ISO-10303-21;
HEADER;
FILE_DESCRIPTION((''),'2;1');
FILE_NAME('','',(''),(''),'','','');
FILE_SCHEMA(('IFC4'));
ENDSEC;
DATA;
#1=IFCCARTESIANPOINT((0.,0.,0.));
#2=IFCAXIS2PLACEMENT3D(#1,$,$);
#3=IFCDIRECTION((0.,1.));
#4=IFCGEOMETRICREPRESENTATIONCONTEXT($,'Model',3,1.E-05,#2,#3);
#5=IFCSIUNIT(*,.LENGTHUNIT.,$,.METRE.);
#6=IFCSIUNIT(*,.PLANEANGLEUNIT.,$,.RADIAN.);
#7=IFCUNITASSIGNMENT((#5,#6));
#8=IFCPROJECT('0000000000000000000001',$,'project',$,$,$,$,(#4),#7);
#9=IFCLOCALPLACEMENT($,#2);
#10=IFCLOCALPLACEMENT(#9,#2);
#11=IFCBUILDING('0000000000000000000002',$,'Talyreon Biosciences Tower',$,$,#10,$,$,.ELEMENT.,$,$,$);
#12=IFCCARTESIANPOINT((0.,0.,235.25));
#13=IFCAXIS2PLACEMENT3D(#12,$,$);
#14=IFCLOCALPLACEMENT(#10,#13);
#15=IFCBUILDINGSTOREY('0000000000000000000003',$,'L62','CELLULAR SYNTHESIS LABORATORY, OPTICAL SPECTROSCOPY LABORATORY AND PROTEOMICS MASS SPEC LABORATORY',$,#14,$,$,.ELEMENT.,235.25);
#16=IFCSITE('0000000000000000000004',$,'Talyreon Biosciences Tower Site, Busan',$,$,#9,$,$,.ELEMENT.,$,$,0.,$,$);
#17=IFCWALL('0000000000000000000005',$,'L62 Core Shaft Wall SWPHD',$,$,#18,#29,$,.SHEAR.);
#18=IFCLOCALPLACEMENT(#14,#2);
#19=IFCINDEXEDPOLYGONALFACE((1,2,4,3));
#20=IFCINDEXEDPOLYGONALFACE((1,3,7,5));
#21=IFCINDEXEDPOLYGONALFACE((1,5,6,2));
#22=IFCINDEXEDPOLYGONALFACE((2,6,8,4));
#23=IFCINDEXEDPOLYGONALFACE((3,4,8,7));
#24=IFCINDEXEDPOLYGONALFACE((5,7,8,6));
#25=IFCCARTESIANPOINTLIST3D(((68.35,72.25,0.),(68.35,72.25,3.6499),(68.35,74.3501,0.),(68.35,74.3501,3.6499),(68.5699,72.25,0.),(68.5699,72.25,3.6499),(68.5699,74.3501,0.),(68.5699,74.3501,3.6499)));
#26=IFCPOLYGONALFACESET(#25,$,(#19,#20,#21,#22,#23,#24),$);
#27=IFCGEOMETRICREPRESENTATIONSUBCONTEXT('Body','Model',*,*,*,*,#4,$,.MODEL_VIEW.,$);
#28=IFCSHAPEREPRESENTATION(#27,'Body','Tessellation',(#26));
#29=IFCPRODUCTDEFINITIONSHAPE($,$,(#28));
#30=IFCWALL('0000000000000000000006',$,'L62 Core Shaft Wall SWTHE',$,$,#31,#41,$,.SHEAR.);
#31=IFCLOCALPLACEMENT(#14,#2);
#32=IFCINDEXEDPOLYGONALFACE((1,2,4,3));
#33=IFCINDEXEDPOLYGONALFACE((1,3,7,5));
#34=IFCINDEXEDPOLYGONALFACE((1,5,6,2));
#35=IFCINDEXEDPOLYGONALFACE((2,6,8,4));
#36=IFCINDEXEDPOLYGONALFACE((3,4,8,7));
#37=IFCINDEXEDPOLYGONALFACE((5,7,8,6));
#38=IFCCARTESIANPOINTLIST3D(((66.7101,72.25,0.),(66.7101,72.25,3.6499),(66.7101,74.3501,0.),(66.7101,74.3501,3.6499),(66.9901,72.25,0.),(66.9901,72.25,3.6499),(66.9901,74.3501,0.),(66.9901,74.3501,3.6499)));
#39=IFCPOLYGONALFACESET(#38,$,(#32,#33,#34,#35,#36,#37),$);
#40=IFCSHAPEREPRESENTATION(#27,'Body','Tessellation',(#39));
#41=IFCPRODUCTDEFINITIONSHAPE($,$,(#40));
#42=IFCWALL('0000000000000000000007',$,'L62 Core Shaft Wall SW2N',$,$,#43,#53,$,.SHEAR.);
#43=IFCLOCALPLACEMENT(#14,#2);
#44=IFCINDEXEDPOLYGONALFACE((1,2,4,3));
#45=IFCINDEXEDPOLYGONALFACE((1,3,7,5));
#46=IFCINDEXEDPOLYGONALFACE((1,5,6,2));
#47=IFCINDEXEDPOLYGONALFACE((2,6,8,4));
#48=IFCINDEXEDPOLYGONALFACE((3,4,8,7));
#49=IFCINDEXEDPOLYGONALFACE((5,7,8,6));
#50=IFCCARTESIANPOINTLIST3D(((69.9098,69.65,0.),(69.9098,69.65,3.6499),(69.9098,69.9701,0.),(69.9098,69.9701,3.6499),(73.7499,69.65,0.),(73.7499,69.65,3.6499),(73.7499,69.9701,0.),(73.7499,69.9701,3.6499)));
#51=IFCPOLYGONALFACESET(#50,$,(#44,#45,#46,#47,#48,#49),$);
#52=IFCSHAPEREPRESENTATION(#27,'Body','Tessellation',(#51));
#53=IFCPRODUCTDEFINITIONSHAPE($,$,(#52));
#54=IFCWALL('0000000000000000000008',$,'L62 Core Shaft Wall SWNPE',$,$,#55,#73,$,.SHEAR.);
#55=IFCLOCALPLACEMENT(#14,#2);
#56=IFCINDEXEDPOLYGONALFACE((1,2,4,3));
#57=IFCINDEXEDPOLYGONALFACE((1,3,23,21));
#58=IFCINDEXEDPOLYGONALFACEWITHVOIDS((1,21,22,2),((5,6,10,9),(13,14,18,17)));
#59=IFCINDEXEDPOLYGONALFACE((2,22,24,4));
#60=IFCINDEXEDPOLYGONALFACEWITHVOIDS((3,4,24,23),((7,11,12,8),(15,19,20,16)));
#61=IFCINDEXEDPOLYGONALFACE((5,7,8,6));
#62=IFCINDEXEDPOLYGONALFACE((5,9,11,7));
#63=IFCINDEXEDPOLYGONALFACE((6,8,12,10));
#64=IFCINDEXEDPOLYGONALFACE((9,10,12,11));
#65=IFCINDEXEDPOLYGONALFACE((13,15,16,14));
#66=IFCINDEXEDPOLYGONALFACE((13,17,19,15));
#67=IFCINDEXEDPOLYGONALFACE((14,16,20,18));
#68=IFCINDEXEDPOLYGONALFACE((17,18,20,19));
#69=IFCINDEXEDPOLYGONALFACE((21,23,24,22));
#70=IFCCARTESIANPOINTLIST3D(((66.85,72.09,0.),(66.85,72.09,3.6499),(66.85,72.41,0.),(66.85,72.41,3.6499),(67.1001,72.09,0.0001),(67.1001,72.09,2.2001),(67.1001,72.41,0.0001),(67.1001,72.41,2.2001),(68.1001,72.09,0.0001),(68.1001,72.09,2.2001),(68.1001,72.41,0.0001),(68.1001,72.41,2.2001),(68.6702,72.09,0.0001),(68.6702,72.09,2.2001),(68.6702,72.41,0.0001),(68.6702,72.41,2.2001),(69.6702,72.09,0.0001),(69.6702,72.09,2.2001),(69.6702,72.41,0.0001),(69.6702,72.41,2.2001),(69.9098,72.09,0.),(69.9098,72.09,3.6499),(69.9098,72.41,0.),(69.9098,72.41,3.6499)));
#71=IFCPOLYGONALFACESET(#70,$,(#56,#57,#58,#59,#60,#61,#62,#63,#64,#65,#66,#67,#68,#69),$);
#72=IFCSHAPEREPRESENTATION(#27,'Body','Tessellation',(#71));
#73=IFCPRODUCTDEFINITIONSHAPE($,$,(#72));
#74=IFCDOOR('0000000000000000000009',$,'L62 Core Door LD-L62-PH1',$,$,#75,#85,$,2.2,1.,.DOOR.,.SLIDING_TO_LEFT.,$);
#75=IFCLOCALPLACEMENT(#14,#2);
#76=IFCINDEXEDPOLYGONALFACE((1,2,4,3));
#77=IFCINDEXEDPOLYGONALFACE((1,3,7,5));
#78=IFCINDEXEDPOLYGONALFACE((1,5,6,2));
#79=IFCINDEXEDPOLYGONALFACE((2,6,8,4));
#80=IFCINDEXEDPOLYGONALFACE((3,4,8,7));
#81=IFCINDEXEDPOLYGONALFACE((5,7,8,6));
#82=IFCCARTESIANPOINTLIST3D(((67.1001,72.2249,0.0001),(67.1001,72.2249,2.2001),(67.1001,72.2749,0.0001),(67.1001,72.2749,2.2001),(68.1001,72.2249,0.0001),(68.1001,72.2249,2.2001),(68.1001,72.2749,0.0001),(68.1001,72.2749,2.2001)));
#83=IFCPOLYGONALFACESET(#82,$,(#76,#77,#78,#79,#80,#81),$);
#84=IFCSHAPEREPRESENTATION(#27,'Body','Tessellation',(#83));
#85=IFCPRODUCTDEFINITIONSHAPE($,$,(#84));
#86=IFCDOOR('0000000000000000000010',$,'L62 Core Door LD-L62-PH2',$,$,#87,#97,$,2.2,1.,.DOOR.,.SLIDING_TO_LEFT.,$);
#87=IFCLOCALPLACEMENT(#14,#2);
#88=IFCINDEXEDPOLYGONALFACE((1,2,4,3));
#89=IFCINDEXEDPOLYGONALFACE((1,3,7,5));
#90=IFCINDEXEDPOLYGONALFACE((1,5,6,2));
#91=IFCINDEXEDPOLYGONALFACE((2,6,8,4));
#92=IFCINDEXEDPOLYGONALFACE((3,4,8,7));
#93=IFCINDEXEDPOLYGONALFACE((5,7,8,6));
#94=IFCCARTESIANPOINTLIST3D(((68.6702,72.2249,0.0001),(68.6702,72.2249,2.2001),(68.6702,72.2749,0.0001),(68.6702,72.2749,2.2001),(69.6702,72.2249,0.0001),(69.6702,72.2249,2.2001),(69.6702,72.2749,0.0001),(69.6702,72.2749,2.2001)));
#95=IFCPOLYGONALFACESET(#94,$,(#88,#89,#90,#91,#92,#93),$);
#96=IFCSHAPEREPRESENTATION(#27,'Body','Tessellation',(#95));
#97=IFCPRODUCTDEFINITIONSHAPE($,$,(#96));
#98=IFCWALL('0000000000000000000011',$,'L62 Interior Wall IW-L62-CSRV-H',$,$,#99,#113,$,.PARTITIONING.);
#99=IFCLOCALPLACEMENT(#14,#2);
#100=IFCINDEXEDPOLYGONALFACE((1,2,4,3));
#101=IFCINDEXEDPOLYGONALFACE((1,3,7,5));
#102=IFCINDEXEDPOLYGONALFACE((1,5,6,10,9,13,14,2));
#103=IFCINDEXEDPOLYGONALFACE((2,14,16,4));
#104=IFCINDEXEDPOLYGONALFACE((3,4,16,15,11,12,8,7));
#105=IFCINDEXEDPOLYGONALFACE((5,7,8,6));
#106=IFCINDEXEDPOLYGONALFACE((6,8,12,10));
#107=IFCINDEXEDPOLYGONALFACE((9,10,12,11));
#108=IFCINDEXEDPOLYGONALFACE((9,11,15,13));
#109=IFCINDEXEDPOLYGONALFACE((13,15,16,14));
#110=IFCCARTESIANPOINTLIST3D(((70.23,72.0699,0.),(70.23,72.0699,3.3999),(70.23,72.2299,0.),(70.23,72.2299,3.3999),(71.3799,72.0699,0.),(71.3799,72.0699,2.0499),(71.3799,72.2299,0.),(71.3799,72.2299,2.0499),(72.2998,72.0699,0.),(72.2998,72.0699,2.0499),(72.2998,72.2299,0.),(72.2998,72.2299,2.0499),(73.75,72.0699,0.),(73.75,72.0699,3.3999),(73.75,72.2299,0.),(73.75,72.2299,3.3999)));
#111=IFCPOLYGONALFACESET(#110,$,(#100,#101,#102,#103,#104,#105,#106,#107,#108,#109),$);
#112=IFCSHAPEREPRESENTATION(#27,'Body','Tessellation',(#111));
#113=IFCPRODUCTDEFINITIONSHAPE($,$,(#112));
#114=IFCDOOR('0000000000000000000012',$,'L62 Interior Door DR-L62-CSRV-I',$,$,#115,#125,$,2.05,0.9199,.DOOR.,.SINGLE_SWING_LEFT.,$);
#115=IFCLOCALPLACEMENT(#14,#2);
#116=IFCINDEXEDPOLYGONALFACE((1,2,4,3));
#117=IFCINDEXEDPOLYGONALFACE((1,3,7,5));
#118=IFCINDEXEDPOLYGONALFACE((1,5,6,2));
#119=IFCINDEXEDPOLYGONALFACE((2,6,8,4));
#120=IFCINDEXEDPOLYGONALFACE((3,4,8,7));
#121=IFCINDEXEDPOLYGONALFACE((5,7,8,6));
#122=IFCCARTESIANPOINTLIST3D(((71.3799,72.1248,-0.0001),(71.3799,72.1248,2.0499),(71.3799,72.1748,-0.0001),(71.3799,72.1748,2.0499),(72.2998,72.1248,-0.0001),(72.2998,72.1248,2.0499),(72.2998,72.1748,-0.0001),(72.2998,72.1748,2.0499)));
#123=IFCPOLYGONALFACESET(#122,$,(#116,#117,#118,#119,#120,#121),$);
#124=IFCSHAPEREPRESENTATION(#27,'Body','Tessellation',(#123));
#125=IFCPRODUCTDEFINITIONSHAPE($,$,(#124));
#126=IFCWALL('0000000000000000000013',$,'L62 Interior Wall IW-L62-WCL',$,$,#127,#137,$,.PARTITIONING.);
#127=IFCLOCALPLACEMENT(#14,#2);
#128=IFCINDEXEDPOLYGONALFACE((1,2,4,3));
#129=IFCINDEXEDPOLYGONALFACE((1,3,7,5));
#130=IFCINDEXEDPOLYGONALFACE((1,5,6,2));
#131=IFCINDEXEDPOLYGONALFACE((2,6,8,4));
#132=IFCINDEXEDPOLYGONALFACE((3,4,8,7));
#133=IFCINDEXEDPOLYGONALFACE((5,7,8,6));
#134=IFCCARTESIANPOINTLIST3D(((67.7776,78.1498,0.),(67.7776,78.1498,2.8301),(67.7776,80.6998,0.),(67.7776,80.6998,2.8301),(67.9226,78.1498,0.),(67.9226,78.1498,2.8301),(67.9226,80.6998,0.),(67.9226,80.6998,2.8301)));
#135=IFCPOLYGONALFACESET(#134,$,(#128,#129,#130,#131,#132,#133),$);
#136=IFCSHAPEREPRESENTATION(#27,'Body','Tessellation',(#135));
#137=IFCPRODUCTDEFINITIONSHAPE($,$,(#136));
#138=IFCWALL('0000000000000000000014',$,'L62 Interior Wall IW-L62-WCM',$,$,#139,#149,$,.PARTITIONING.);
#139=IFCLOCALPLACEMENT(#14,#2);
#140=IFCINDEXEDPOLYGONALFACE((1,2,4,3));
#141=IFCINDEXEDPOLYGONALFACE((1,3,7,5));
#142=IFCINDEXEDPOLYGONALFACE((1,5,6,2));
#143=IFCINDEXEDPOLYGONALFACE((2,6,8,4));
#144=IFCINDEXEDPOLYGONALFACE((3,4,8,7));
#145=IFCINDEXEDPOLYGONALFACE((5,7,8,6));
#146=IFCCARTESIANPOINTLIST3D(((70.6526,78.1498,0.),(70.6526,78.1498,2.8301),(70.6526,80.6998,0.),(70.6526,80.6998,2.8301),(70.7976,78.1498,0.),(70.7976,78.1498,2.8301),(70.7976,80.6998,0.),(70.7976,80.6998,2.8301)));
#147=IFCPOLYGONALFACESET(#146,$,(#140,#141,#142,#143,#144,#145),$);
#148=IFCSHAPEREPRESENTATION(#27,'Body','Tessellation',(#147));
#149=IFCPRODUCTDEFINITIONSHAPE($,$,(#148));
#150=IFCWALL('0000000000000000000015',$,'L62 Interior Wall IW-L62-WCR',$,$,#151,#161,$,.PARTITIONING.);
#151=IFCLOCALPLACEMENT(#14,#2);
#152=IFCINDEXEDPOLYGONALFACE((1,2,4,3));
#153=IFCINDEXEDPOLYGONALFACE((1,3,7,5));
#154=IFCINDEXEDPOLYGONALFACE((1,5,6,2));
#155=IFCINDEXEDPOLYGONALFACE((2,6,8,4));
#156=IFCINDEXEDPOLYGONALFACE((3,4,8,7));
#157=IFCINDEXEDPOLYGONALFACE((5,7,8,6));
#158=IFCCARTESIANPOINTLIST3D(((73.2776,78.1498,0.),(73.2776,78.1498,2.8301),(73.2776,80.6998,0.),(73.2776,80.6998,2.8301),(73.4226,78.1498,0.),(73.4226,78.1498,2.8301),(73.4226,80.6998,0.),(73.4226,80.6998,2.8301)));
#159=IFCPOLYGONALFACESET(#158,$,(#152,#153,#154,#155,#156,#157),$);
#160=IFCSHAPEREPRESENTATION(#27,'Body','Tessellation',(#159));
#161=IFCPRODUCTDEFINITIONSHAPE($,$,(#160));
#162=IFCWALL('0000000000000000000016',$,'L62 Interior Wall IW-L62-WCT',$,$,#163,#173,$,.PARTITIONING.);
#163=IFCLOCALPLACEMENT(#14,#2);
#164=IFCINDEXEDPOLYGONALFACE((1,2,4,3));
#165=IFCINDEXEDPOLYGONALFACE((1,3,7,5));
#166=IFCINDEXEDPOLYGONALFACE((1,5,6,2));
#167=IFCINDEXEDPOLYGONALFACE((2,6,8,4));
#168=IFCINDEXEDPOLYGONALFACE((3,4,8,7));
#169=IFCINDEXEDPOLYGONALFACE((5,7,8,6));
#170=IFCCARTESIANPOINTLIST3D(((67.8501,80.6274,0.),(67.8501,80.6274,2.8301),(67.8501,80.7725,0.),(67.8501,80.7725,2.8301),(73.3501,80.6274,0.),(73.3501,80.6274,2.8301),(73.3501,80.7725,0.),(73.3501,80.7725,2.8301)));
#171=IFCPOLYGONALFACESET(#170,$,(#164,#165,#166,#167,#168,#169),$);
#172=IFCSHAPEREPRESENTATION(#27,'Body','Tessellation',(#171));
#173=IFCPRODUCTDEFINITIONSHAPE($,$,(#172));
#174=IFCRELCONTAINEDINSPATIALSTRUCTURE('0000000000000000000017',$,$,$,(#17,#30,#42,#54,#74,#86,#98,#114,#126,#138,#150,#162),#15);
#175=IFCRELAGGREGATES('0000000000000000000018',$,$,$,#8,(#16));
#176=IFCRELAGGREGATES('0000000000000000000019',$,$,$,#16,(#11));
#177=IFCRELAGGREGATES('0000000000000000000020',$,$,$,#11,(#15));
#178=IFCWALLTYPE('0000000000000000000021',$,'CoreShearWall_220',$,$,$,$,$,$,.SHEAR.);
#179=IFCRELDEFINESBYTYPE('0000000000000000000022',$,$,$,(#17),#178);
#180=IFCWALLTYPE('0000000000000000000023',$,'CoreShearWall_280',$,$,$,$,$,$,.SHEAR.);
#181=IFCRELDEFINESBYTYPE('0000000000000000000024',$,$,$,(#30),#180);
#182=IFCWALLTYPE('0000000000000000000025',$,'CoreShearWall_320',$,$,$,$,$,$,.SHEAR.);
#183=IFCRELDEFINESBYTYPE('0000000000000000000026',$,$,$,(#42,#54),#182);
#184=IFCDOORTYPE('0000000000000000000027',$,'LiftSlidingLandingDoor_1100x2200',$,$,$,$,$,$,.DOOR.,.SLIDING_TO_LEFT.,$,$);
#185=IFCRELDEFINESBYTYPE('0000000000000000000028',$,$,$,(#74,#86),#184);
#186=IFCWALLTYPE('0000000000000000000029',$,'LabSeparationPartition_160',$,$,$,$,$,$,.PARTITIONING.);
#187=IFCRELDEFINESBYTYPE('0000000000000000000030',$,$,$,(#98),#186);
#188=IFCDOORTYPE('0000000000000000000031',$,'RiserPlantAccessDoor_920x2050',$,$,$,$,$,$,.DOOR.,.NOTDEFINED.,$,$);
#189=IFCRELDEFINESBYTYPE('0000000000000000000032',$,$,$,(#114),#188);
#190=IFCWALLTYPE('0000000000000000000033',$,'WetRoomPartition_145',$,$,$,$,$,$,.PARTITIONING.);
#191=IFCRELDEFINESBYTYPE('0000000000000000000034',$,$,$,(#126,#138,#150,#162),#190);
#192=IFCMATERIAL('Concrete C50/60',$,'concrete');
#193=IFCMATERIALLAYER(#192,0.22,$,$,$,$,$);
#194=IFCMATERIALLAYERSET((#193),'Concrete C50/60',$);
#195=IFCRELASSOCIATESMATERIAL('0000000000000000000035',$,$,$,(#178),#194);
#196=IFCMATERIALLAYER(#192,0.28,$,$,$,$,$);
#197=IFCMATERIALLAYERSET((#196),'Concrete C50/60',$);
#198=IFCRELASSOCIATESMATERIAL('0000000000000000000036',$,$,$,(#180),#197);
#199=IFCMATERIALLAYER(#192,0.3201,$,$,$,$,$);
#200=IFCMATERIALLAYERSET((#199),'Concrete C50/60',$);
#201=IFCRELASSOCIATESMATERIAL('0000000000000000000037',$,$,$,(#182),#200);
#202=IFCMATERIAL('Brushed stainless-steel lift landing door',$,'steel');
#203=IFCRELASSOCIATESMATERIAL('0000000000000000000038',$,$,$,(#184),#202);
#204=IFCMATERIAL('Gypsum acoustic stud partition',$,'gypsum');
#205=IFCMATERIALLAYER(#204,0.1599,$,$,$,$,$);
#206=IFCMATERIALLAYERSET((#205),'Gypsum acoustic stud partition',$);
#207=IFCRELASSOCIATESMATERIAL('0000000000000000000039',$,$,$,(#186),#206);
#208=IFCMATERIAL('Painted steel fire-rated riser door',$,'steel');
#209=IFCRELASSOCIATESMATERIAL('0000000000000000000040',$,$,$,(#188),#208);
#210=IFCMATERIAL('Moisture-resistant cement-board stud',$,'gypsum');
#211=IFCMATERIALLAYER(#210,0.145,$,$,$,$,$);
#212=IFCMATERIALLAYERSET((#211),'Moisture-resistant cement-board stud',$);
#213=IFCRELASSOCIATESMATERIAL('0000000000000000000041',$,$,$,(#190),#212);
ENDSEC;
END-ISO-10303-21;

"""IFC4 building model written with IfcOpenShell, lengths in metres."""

from ifc_helpers import new_model, si_unit, direction, frame, frame_2d, origin, place, context, subcontext, project, spatial, rectangle, extrude, material, layer, layer_set, type_object, element, fill, save


model = new_model("IFC4")

# Units and contexts
model_context = context("Model", 3, precision=1e-05, world=origin(), true_north=direction((0.0, 1.0)))
body_context = subcontext(model_context, "Body", "Model", "MODEL_VIEW")
ifc_project = project(units=[si_unit("LENGTHUNIT", "METRE"), si_unit("PLANEANGLEUNIT", "RADIAN")], contexts=[model_context])

# Site, building, storey
site_placement = place(None, origin())
site = spatial("IfcSite", under=ifc_project, at=site_placement, Name="Talyreon Biosciences Tower Site, Busan", CompositionType="ELEMENT", RefElevation=0.0)
building_placement = place(site_placement, origin())
building = spatial("IfcBuilding", under=site, at=building_placement, Name="Talyreon Biosciences Tower", CompositionType="ELEMENT")
storey_placement = place(building_placement, frame((0.0, 0.0, 235.25)))
storey = spatial("IfcBuildingStorey", under=building, at=storey_placement, Name="L62", Description="CELLULAR SYNTHESIS LABORATORY, OPTICAL SPECTROSCOPY LABORATORY AND PROTEOMICS MASS SPEC LABORATORY", CompositionType="ELEMENT", Elevation=235.25)

# Shared definitions
ifc_material_1 = material(Name="Concrete C50/60", Category="concrete")

# Walls
ifc_layer_1 = layer(ifc_material_1, 0.22)
ifc_layer_set_1 = layer_set([ifc_layer_1], Name="Concrete C50/60")
wall_type_1 = type_object("IfcWallType", Name="CoreShearWall_220", PredefinedType="SHEAR", material=ifc_layer_set_1)
wall_1_placement = place(storey_placement, frame((68.46, 72.25, 0.0), z_axis=(0.0, 0.0, 1.0), x_axis=(0.0, 1.0, 0.0)))
element("IfcWall", 1, at=wall_1_placement, inside=storey, type_object=wall_type_1, Name="L62 Core Shaft Wall SWPHD", PredefinedType="SHEAR", context=body_context, shape_type="SweptSolid", body=[
    extrude(rectangle(XDim=2.1001, YDim=0.22, at=frame_2d((1.05, 0.0))), origin(), (0.0, 0.0, 1.0), 3.6499),
])
ifc_layer_2 = layer(ifc_material_1, 0.28)
ifc_layer_set_2 = layer_set([ifc_layer_2], Name="Concrete C50/60")
wall_type_2 = type_object("IfcWallType", Name="CoreShearWall_280", PredefinedType="SHEAR", material=ifc_layer_set_2)
wall_2_placement = place(storey_placement, frame((66.8501, 72.25, 0.0), z_axis=(0.0, 0.0, 1.0), x_axis=(0.0, 1.0, 0.0)))
element("IfcWall", 2, at=wall_2_placement, inside=storey, type_object=wall_type_2, Name="L62 Core Shaft Wall SWTHE", PredefinedType="SHEAR", context=body_context, shape_type="SweptSolid", body=[
    extrude(rectangle(XDim=2.1001, YDim=0.28, at=frame_2d((1.05, 0.0))), origin(), (0.0, 0.0, 1.0), 3.6499),
])
ifc_layer_3 = layer(ifc_material_1, 0.3201)
ifc_layer_set_3 = layer_set([ifc_layer_3], Name="Concrete C50/60")
wall_type_3 = type_object("IfcWallType", Name="CoreShearWall_320", PredefinedType="SHEAR", material=ifc_layer_set_3)
wall_3_placement = place(storey_placement, frame((69.9099, 69.8101, 0.0), z_axis=(0.0, 0.0, 1.0), x_axis=(1.0, 0.0, 0.0)))
element("IfcWall", 3, at=wall_3_placement, inside=storey, type_object=wall_type_3, Name="L62 Core Shaft Wall SW2N", PredefinedType="SHEAR", context=body_context, shape_type="SweptSolid", body=[
    extrude(rectangle(XDim=3.8401, YDim=0.3201, at=frame_2d((1.9199, 0.0))), origin(), (0.0, 0.0, 1.0), 3.6499),
])

# Wall, openings, doors
wall_4_placement = place(storey_placement, frame((66.8501, 72.25, 0.0), z_axis=(0.0, 0.0, 1.0), x_axis=(1.0, 0.0, 0.0)))
wall_4 = element("IfcWall", 4, at=wall_4_placement, inside=storey, type_object=wall_type_3, Name="L62 Core Shaft Wall SWNPE", PredefinedType="SHEAR", context=body_context, shape_type="SweptSolid", body=[
    extrude(rectangle(XDim=3.0598, YDim=0.3201, at=frame_2d((1.5298, 0.0))), origin(), (0.0, 0.0, 1.0), 3.6499),
])
opening_1_placement = place(wall_4_placement, frame((0.25, 0.0, 0.0)))
opening_1 = element("IfcOpeningElement", 5, at=opening_1_placement, cuts=wall_4, PredefinedType="OPENING", context=body_context, shape_type="SweptSolid", body=[
    extrude(rectangle(XDim=1.0, YDim=2.2, at=frame_2d((0.5, 1.1001))), frame((0.0, 0.1699, 0.0), z_axis=(0.0, -1.0, 0.0), x_axis=(1.0, 0.0, 0.0)), (0.0, 0.0, 1.0), 0.3401),
])
opening_2_placement = place(wall_4_placement, frame((1.8201, 0.0, 0.0)))
opening_2 = element("IfcOpeningElement", 6, at=opening_2_placement, cuts=wall_4, PredefinedType="OPENING", context=body_context, shape_type="SweptSolid", body=[
    extrude(rectangle(XDim=1.0, YDim=2.2, at=frame_2d((0.5, 1.1001))), frame((0.0, 0.1699, 0.0), z_axis=(0.0, -1.0, 0.0), x_axis=(1.0, 0.0, 0.0)), (0.0, 0.0, 1.0), 0.3401),
])
ifc_material_2 = material(Name="Brushed stainless-steel lift landing door", Category="steel")
door_type_1 = type_object("IfcDoorType", Name="LiftSlidingLandingDoor_1100x2200", OperationType="SLIDING_TO_LEFT", PredefinedType="DOOR", material=ifc_material_2)
door_1_placement = place(opening_1_placement, origin())
door_1 = element("IfcDoor", 7, at=door_1_placement, inside=storey, type_object=door_type_1, Name="L62 Core Door LD-L62-PH1", OperationType="SLIDING_TO_LEFT", OverallHeight=2.2, OverallWidth=1.0, PredefinedType="DOOR", context=body_context, shape_type="SweptSolid", body=[
    extrude(rectangle(XDim=1.0, YDim=2.2, at=frame_2d((0.5, 1.1001))), frame((0.0, 0.0249, 0.0), z_axis=(0.0, -1.0, 0.0), x_axis=(1.0, 0.0, 0.0)), (0.0, 0.0, 1.0), 0.05),
])
fill(opening_1, door_1)
door_2_placement = place(opening_2_placement, origin())
door_2 = element("IfcDoor", 8, at=door_2_placement, inside=storey, type_object=door_type_1, Name="L62 Core Door LD-L62-PH2", OperationType="SLIDING_TO_LEFT", OverallHeight=2.2, OverallWidth=1.0, PredefinedType="DOOR", context=body_context, shape_type="SweptSolid", body=[
    extrude(rectangle(XDim=1.0, YDim=2.2, at=frame_2d((0.5, 1.1001))), frame((0.0, 0.0249, 0.0), z_axis=(0.0, -1.0, 0.0), x_axis=(1.0, 0.0, 0.0)), (0.0, 0.0, 1.0), 0.05),
])
fill(opening_2, door_2)

# Wall, opening, door
ifc_material_3 = material(Name="Gypsum acoustic stud partition", Category="gypsum")
ifc_layer_4 = layer(ifc_material_3, 0.1599)
ifc_layer_set_4 = layer_set([ifc_layer_4], Name="Gypsum acoustic stud partition")
wall_type_4 = type_object("IfcWallType", Name="LabSeparationPartition_160", PredefinedType="PARTITIONING", material=ifc_layer_set_4)
wall_5_placement = place(storey_placement, frame((70.23, 72.1499, 0.0), z_axis=(0.0, 0.0, 1.0), x_axis=(1.0, 0.0, 0.0)))
wall_5 = element("IfcWall", 9, at=wall_5_placement, inside=storey, type_object=wall_type_4, Name="L62 Interior Wall IW-L62-CSRV-H", PredefinedType="PARTITIONING", context=body_context, shape_type="SweptSolid", body=[
    extrude(rectangle(XDim=3.52, YDim=0.1599, at=frame_2d((1.76, 0.0))), origin(), (0.0, 0.0, 1.0), 3.3999),
])
opening_3_placement = place(wall_5_placement, frame((1.1499, 0.0, 0.0)))
opening_3 = element("IfcOpeningElement", 10, at=opening_3_placement, cuts=wall_5, PredefinedType="OPENING", context=body_context, shape_type="SweptSolid", body=[
    extrude(rectangle(XDim=0.9199, YDim=2.05, at=frame_2d((0.46, 1.0249))), frame((0.0, 0.0898, 0.0), z_axis=(0.0, -1.0, 0.0), x_axis=(1.0, 0.0, 0.0)), (0.0, 0.0, 1.0), 0.1799),
])
ifc_material_4 = material(Name="Painted steel fire-rated riser door", Category="steel")
door_type_2 = type_object("IfcDoorType", Name="RiserPlantAccessDoor_920x2050", OperationType="NOTDEFINED", PredefinedType="DOOR", material=ifc_material_4)
door_3_placement = place(opening_3_placement, origin())
door_3 = element("IfcDoor", 11, at=door_3_placement, inside=storey, type_object=door_type_2, Name="L62 Interior Door DR-L62-CSRV-I", OperationType="SINGLE_SWING_LEFT", OverallHeight=2.05, OverallWidth=0.9199, PredefinedType="DOOR", context=body_context, shape_type="SweptSolid", body=[
    extrude(rectangle(XDim=0.9199, YDim=2.05, at=frame_2d((0.46, 1.0249))), frame((0.0, 0.0249, 0.0), z_axis=(0.0, -1.0, 0.0), x_axis=(1.0, 0.0, 0.0)), (0.0, 0.0, 1.0), 0.05),
])
fill(opening_3, door_3)

# Walls
ifc_material_5 = material(Name="Moisture-resistant cement-board stud", Category="gypsum")
ifc_layer_5 = layer(ifc_material_5, 0.145)
ifc_layer_set_5 = layer_set([ifc_layer_5], Name="Moisture-resistant cement-board stud")
wall_type_5 = type_object("IfcWallType", Name="WetRoomPartition_145", PredefinedType="PARTITIONING", material=ifc_layer_set_5)
for number, where, z_axis, x_axis, name in (
    (12, (67.8501, 78.1499, 0.0), (0.0, 0.0, 1.0), (0.0, 1.0, 0.0), "L62 Interior Wall IW-L62-WCL"),
    (13, (70.7251, 78.1499, 0.0), (0.0, 0.0, 1.0), (0.0, 1.0, 0.0), "L62 Interior Wall IW-L62-WCM"),
    (14, (73.3501, 78.1499, 0.0), (0.0, 0.0, 1.0), (0.0, 1.0, 0.0), "L62 Interior Wall IW-L62-WCR"),
):
    element("IfcWall", number, at=place(storey_placement, frame(where, z_axis=z_axis, x_axis=x_axis)), inside=storey, type_object=wall_type_5, Name=name, PredefinedType="PARTITIONING", context=body_context, shape_type="SweptSolid", body=[
        extrude(rectangle(XDim=2.55, YDim=0.145, at=frame_2d((1.2749, 0.0))), origin(), (0.0, 0.0, 1.0), 2.8301),
    ])
wall_6_placement = place(storey_placement, frame((67.8501, 80.7, 0.0), z_axis=(0.0, 0.0, 1.0), x_axis=(1.0, 0.0, 0.0)))
element("IfcWall", 15, at=wall_6_placement, inside=storey, type_object=wall_type_5, Name="L62 Interior Wall IW-L62-WCT", PredefinedType="PARTITIONING", context=body_context, shape_type="SweptSolid", body=[
    extrude(rectangle(XDim=5.5, YDim=0.145, at=frame_2d((2.75, 0.0))), origin(), (0.0, 0.0, 1.0), 2.8301),
])

save(model, "model.ifc")
